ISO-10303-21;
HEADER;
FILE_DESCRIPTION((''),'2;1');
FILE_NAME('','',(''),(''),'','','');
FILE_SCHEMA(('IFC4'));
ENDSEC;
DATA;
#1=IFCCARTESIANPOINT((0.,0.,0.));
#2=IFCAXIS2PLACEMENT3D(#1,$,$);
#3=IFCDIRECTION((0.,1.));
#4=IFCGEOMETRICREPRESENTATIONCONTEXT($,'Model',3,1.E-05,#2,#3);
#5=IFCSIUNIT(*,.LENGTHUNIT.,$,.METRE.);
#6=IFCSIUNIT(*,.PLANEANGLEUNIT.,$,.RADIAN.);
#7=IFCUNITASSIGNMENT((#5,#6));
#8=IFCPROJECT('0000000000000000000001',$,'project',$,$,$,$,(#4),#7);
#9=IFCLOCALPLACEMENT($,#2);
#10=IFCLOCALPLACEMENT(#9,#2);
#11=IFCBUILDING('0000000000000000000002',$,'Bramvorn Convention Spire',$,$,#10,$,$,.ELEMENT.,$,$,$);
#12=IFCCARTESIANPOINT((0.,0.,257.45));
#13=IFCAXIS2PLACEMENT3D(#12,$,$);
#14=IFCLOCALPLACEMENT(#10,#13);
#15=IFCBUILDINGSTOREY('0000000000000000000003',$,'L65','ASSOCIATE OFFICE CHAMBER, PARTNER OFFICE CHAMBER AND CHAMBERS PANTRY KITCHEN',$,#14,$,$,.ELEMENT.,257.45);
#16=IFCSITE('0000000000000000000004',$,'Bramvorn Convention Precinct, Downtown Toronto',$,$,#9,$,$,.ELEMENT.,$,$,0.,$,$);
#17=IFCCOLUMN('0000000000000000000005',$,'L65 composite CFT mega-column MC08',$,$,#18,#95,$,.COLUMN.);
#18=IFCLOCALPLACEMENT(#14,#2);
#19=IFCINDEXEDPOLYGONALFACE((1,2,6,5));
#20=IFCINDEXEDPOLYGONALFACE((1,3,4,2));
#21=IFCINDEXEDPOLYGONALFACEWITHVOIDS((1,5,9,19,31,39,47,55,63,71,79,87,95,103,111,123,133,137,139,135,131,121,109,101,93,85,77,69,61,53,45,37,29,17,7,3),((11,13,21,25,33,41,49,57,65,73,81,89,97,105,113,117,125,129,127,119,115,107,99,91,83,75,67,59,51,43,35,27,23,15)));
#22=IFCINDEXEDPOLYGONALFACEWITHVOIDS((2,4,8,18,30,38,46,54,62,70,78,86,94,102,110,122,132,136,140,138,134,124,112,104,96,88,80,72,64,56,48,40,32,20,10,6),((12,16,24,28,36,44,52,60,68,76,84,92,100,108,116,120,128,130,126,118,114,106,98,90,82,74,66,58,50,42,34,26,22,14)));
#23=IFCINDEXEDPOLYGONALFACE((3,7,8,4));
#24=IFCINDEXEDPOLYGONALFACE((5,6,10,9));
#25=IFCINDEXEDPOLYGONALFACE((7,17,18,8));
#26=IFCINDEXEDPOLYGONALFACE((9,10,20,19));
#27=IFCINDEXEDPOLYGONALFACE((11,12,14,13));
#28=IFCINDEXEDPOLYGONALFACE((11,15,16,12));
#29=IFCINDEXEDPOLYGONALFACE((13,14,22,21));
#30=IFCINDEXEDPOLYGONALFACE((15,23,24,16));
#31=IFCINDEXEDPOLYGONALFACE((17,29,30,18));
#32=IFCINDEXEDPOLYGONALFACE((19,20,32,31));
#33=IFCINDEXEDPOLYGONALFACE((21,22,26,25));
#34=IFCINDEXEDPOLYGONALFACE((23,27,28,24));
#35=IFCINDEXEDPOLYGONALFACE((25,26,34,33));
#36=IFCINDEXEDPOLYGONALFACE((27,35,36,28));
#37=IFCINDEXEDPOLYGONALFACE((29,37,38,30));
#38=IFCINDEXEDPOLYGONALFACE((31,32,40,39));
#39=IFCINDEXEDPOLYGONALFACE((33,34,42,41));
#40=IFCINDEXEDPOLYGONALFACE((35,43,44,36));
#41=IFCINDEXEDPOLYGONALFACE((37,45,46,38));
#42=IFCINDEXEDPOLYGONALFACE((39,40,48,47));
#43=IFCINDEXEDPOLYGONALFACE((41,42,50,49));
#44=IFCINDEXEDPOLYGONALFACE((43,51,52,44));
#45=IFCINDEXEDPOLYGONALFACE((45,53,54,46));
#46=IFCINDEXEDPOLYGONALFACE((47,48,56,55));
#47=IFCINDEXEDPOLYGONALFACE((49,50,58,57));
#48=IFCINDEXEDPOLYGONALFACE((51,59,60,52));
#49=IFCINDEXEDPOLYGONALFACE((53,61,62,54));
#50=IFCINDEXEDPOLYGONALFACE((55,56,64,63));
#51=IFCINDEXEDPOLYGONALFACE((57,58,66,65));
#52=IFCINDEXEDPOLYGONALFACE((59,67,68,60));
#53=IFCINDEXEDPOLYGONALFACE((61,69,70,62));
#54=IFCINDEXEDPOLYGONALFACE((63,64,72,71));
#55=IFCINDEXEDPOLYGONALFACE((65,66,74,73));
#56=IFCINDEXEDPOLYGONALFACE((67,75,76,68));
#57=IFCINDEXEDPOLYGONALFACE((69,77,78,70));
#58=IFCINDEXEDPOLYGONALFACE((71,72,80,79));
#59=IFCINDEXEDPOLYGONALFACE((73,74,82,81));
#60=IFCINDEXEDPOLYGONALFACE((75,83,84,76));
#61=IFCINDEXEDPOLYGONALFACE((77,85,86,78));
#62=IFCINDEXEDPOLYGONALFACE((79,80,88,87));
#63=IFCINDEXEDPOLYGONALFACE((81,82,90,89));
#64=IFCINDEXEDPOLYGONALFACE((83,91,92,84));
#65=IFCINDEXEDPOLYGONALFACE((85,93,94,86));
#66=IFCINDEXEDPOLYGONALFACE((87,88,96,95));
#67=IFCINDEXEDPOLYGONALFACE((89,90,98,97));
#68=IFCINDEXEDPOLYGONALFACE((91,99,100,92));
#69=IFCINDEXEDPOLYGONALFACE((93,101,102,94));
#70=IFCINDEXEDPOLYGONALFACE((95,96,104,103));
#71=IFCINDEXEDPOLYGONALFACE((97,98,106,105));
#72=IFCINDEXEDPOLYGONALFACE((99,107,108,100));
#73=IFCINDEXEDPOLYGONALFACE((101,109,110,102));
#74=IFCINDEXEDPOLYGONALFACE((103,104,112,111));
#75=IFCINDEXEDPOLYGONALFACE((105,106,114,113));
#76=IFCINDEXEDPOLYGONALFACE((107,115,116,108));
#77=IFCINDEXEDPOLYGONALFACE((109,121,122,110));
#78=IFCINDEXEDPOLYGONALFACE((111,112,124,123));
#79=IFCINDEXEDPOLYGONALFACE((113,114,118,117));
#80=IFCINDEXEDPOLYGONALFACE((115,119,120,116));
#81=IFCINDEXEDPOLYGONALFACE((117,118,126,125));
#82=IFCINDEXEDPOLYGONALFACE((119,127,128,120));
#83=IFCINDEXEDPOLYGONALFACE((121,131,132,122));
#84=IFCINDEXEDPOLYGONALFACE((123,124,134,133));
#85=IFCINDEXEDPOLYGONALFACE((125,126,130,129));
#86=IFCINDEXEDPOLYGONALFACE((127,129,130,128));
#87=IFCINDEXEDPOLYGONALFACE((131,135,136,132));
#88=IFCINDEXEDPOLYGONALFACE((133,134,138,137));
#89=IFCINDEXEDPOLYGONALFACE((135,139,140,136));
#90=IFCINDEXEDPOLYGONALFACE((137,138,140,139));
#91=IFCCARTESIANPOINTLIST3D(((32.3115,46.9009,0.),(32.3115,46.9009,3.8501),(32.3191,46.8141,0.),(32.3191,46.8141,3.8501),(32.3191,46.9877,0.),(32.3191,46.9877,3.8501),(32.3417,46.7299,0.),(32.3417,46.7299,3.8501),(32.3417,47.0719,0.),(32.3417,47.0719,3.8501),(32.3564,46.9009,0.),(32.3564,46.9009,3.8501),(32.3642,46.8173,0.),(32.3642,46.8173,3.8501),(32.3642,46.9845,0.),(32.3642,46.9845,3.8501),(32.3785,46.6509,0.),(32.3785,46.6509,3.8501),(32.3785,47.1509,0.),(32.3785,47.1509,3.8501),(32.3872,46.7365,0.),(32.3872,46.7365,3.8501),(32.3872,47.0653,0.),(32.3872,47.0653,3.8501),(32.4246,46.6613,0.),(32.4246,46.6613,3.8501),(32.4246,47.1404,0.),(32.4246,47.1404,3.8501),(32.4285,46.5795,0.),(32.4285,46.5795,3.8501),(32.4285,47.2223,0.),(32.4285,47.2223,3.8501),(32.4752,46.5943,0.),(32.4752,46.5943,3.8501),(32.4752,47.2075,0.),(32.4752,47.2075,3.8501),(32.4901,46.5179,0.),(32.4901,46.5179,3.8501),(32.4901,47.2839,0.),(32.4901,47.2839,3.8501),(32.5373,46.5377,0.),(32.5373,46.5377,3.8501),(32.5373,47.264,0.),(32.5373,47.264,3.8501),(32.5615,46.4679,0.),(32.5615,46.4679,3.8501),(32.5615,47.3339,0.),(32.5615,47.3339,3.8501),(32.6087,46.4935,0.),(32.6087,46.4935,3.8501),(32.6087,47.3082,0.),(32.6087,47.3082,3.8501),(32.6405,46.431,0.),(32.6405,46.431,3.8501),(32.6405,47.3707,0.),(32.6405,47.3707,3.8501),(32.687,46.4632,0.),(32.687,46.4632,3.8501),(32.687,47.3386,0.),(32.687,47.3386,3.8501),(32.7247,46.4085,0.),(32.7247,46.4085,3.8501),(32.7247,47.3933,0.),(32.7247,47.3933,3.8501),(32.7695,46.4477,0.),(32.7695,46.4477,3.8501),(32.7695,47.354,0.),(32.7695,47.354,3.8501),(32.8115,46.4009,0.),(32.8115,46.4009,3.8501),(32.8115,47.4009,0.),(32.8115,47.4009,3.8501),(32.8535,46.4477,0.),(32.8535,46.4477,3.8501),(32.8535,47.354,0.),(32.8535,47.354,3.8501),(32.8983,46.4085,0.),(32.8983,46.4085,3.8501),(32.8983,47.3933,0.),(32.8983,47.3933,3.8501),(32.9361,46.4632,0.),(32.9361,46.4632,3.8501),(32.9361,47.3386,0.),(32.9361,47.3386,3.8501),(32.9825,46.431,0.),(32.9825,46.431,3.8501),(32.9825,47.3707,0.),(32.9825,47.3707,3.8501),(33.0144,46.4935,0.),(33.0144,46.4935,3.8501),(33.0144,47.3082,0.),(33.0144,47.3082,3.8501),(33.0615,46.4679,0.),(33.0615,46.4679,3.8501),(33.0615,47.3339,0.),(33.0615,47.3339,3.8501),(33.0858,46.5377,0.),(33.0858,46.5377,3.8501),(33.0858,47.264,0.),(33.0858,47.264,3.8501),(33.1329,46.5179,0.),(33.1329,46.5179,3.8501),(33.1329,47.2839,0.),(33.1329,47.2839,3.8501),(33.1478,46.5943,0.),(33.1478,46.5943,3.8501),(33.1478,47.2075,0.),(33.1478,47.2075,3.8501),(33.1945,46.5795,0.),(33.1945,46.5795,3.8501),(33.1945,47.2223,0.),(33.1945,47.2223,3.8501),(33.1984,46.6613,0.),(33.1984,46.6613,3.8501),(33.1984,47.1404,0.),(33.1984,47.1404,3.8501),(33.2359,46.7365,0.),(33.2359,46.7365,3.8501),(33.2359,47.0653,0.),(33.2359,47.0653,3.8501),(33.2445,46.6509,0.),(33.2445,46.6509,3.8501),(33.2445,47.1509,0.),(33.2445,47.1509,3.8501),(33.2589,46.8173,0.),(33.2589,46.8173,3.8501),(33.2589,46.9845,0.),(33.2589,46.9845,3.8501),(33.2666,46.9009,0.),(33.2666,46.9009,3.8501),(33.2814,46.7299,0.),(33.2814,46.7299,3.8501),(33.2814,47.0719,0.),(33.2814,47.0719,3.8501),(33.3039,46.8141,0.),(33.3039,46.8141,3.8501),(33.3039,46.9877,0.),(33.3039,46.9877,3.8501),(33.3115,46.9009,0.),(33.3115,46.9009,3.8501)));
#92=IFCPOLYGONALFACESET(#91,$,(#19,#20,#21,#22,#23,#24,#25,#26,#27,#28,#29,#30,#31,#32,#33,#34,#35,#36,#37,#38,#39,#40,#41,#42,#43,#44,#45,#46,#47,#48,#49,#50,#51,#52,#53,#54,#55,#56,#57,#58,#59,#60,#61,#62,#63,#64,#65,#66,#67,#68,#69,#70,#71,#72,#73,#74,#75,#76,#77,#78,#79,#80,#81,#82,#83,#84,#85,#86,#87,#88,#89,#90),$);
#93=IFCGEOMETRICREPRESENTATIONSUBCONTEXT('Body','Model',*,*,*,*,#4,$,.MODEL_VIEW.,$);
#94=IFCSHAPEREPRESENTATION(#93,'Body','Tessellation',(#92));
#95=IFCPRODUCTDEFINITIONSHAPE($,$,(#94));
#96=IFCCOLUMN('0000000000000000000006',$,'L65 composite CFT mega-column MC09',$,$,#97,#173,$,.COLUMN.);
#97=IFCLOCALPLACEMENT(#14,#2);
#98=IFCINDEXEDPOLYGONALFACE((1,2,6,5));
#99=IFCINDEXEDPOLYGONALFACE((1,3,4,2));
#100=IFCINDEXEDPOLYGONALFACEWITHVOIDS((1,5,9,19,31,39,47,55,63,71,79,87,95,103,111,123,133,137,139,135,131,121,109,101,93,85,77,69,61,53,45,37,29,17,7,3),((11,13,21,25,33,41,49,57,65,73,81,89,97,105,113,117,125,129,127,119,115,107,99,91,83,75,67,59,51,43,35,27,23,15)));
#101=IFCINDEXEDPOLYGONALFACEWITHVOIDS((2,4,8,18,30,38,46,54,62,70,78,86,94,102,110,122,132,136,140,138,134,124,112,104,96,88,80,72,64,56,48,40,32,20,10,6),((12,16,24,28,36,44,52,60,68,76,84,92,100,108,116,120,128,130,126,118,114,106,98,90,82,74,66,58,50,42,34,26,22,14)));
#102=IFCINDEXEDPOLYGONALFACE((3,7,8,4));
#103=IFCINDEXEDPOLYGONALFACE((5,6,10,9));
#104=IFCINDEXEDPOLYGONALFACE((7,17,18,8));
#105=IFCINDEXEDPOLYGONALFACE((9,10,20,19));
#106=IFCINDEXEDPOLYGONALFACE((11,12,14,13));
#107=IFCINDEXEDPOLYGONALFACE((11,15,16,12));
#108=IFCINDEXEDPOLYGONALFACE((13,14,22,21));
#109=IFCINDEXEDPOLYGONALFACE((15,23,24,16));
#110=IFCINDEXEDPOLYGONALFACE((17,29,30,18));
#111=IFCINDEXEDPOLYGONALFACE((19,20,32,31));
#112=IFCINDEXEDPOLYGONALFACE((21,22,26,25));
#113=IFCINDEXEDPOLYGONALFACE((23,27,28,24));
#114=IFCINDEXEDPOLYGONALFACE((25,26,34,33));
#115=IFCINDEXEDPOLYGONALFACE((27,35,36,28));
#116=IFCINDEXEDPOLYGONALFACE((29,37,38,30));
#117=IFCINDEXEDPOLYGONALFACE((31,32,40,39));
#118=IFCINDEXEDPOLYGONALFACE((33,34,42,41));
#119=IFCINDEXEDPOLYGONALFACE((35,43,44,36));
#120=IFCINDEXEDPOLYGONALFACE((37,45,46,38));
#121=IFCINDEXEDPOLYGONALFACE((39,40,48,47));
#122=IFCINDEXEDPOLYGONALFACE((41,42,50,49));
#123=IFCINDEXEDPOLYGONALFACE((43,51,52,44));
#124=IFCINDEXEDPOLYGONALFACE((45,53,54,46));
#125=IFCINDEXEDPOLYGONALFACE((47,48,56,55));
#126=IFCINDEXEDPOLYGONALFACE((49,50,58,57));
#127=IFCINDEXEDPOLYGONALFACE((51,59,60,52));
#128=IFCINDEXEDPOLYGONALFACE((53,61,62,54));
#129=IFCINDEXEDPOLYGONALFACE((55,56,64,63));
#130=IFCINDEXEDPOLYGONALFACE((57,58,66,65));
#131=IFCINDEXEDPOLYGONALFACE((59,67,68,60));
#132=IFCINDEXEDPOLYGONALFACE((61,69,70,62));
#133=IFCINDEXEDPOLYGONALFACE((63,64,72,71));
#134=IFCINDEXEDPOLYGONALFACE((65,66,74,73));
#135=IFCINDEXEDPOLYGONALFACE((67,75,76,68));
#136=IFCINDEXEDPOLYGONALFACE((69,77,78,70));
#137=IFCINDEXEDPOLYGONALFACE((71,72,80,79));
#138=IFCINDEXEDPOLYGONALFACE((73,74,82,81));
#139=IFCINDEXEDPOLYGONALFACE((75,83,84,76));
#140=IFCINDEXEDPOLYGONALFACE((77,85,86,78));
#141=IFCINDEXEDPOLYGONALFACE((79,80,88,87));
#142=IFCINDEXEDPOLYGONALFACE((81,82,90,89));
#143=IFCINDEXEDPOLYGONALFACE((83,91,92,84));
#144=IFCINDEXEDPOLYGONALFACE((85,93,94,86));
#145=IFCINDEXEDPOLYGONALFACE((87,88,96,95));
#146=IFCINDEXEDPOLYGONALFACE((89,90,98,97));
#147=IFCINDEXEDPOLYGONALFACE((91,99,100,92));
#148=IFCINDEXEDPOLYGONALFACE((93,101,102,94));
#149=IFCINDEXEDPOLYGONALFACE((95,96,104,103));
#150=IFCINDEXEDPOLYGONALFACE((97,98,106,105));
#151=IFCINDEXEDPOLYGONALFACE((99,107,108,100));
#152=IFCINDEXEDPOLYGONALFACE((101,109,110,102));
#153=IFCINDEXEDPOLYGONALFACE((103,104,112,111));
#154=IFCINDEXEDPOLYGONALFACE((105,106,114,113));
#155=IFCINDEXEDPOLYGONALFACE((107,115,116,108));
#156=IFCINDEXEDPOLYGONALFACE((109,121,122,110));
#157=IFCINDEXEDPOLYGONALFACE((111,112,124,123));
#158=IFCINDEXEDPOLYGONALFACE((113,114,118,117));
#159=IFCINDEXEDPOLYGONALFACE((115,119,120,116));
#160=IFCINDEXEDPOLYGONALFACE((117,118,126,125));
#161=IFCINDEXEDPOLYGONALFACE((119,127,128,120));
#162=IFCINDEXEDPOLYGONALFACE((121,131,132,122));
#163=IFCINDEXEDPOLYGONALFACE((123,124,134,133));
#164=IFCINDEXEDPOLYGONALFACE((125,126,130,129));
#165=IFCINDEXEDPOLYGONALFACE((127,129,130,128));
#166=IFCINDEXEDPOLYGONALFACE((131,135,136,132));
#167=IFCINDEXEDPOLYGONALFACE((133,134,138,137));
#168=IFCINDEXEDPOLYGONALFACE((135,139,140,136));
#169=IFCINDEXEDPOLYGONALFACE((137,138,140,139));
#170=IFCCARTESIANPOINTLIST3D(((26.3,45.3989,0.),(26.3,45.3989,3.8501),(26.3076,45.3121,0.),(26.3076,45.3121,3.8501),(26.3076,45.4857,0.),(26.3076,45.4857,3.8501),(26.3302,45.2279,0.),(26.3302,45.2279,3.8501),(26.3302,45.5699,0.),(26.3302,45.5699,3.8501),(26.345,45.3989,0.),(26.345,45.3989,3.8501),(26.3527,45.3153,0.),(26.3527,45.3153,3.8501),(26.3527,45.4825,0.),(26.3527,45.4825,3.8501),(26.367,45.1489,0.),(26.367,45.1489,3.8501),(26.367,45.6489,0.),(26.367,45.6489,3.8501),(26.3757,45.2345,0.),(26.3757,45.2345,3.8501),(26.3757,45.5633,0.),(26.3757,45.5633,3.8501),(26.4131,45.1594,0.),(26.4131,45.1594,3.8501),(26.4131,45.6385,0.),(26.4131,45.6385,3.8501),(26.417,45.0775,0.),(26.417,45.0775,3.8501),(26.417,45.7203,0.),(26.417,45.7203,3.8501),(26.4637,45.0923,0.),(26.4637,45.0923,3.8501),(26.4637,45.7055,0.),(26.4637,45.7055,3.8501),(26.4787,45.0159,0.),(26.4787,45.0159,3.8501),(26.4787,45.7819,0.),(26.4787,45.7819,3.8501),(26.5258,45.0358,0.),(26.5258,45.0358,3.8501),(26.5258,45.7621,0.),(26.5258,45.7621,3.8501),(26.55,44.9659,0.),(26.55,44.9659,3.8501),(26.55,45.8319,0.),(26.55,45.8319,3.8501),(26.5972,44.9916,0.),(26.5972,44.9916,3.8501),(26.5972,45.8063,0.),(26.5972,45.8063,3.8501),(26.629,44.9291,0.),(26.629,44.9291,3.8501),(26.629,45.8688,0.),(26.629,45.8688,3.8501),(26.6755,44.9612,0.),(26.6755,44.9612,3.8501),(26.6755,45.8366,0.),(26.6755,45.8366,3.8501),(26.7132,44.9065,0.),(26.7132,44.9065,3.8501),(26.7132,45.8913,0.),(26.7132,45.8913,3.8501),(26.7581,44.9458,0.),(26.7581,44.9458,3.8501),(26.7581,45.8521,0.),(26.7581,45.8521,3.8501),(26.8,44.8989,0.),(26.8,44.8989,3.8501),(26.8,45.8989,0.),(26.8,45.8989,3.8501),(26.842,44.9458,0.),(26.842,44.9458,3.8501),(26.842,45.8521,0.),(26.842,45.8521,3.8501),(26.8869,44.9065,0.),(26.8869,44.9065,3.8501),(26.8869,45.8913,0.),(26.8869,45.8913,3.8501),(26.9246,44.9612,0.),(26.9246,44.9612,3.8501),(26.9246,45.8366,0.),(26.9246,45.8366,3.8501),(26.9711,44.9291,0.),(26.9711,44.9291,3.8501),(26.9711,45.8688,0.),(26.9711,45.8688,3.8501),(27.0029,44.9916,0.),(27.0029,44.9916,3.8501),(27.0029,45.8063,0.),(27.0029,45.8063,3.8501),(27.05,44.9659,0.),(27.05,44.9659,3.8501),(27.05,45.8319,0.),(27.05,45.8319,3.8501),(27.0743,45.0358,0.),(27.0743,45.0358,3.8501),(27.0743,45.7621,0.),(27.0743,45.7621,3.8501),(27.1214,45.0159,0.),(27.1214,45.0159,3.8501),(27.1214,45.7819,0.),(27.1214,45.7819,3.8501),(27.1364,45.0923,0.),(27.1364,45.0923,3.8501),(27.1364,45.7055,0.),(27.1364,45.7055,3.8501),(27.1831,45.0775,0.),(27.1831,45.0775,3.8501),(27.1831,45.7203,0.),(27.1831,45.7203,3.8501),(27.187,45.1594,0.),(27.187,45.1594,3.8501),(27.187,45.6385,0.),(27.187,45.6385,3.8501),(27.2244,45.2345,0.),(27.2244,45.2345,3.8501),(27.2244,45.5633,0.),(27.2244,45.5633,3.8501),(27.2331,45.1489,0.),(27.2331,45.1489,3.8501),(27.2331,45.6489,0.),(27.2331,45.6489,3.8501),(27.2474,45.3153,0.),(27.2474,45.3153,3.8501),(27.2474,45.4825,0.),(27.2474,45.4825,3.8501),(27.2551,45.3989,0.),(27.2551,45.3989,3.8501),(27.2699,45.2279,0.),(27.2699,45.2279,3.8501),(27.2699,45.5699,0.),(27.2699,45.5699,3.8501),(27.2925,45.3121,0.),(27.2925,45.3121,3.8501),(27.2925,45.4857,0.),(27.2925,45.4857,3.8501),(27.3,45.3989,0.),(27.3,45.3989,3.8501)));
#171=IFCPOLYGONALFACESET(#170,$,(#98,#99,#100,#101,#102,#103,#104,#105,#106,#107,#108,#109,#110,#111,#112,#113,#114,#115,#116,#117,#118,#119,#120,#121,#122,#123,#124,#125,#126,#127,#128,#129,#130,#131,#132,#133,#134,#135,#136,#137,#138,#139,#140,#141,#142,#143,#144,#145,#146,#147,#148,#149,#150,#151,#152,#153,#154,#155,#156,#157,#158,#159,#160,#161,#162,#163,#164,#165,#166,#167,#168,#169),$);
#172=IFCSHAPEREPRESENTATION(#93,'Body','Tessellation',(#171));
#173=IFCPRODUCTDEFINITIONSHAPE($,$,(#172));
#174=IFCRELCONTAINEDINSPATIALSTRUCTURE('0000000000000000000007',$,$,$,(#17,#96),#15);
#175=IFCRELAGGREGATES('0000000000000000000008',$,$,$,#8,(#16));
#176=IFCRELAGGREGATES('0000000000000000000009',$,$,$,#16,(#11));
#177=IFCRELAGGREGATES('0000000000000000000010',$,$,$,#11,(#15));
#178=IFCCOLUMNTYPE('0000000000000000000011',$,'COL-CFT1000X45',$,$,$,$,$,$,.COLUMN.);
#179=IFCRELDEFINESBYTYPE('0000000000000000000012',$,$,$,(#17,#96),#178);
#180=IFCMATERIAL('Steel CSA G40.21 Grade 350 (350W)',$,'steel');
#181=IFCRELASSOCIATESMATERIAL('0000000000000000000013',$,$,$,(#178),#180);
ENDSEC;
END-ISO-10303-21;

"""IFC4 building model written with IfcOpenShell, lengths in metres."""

from ifc_helpers import new_model, si_unit, direction, frame, origin, origin_2d, place, context, subcontext, project, spatial, hollow_circle, extrude, material, material_profile, profile_set, type_object, element, save


model = new_model("IFC4")

# Units and contexts
model_context = context("Model", 3, precision=1e-05, world=origin(), true_north=direction((0.0, 1.0)))
body_context = subcontext(model_context, "Body", "Model", "MODEL_VIEW")
ifc_project = project(units=[si_unit("LENGTHUNIT", "METRE"), si_unit("PLANEANGLEUNIT", "RADIAN")], contexts=[model_context])

# Site, building, storey
site_placement = place(None, origin())
site = spatial("IfcSite", under=ifc_project, at=site_placement, Name="Bramvorn Convention Precinct, Downtown Toronto", CompositionType="ELEMENT", RefElevation=0.0)
building_placement = place(site_placement, origin())
building = spatial("IfcBuilding", under=site, at=building_placement, Name="Bramvorn Convention Spire", CompositionType="ELEMENT")
storey_placement = place(building_placement, frame((0.0, 0.0, 257.45)))
storey = spatial("IfcBuildingStorey", under=building, at=storey_placement, Name="L65", Description="ASSOCIATE OFFICE CHAMBER, PARTNER OFFICE CHAMBER AND CHAMBERS PANTRY KITCHEN", CompositionType="ELEMENT", Elevation=257.45)

# Columns
ifc_material_1 = material(Name="Steel CSA G40.21 Grade 350 (350W)", Category="steel")
ifc_material_profile_1 = material_profile(ifc_material_1, hollow_circle(Radius=0.5, WallThickness=0.0449, at=origin_2d()))
ifc_profile_set_1 = profile_set([ifc_material_profile_1], Name="Steel CSA G40.21 Grade 350 (350W) - CFT1000X45")
column_type = type_object("IfcColumnType", Name="COL-CFT1000X45", PredefinedType="COLUMN", material=ifc_profile_set_1)
for number, where, z_axis, x_axis, name in (
    (1, (32.8115, 46.9009, 0.0), (0.0, 0.0, 1.0), (1.0, 0.0, 0.0), "L65 composite CFT mega-column MC08"),
    (2, (26.8, 45.3989, 0.0), (0.0, 0.0, 1.0), (1.0, 0.0, 0.0), "L65 composite CFT mega-column MC09"),
):
    element("IfcColumn", number, at=place(storey_placement, frame(where, z_axis=z_axis, x_axis=x_axis)), inside=storey, type_object=column_type, Name=name, PredefinedType="COLUMN", context=body_context, shape_type="SweptSolid", body=[
        extrude(hollow_circle(Radius=0.5, WallThickness=0.0449, at=origin_2d()), origin(), (0.0, 0.0, 1.0), 3.8501),
    ])

save(model, "model.ifc")
